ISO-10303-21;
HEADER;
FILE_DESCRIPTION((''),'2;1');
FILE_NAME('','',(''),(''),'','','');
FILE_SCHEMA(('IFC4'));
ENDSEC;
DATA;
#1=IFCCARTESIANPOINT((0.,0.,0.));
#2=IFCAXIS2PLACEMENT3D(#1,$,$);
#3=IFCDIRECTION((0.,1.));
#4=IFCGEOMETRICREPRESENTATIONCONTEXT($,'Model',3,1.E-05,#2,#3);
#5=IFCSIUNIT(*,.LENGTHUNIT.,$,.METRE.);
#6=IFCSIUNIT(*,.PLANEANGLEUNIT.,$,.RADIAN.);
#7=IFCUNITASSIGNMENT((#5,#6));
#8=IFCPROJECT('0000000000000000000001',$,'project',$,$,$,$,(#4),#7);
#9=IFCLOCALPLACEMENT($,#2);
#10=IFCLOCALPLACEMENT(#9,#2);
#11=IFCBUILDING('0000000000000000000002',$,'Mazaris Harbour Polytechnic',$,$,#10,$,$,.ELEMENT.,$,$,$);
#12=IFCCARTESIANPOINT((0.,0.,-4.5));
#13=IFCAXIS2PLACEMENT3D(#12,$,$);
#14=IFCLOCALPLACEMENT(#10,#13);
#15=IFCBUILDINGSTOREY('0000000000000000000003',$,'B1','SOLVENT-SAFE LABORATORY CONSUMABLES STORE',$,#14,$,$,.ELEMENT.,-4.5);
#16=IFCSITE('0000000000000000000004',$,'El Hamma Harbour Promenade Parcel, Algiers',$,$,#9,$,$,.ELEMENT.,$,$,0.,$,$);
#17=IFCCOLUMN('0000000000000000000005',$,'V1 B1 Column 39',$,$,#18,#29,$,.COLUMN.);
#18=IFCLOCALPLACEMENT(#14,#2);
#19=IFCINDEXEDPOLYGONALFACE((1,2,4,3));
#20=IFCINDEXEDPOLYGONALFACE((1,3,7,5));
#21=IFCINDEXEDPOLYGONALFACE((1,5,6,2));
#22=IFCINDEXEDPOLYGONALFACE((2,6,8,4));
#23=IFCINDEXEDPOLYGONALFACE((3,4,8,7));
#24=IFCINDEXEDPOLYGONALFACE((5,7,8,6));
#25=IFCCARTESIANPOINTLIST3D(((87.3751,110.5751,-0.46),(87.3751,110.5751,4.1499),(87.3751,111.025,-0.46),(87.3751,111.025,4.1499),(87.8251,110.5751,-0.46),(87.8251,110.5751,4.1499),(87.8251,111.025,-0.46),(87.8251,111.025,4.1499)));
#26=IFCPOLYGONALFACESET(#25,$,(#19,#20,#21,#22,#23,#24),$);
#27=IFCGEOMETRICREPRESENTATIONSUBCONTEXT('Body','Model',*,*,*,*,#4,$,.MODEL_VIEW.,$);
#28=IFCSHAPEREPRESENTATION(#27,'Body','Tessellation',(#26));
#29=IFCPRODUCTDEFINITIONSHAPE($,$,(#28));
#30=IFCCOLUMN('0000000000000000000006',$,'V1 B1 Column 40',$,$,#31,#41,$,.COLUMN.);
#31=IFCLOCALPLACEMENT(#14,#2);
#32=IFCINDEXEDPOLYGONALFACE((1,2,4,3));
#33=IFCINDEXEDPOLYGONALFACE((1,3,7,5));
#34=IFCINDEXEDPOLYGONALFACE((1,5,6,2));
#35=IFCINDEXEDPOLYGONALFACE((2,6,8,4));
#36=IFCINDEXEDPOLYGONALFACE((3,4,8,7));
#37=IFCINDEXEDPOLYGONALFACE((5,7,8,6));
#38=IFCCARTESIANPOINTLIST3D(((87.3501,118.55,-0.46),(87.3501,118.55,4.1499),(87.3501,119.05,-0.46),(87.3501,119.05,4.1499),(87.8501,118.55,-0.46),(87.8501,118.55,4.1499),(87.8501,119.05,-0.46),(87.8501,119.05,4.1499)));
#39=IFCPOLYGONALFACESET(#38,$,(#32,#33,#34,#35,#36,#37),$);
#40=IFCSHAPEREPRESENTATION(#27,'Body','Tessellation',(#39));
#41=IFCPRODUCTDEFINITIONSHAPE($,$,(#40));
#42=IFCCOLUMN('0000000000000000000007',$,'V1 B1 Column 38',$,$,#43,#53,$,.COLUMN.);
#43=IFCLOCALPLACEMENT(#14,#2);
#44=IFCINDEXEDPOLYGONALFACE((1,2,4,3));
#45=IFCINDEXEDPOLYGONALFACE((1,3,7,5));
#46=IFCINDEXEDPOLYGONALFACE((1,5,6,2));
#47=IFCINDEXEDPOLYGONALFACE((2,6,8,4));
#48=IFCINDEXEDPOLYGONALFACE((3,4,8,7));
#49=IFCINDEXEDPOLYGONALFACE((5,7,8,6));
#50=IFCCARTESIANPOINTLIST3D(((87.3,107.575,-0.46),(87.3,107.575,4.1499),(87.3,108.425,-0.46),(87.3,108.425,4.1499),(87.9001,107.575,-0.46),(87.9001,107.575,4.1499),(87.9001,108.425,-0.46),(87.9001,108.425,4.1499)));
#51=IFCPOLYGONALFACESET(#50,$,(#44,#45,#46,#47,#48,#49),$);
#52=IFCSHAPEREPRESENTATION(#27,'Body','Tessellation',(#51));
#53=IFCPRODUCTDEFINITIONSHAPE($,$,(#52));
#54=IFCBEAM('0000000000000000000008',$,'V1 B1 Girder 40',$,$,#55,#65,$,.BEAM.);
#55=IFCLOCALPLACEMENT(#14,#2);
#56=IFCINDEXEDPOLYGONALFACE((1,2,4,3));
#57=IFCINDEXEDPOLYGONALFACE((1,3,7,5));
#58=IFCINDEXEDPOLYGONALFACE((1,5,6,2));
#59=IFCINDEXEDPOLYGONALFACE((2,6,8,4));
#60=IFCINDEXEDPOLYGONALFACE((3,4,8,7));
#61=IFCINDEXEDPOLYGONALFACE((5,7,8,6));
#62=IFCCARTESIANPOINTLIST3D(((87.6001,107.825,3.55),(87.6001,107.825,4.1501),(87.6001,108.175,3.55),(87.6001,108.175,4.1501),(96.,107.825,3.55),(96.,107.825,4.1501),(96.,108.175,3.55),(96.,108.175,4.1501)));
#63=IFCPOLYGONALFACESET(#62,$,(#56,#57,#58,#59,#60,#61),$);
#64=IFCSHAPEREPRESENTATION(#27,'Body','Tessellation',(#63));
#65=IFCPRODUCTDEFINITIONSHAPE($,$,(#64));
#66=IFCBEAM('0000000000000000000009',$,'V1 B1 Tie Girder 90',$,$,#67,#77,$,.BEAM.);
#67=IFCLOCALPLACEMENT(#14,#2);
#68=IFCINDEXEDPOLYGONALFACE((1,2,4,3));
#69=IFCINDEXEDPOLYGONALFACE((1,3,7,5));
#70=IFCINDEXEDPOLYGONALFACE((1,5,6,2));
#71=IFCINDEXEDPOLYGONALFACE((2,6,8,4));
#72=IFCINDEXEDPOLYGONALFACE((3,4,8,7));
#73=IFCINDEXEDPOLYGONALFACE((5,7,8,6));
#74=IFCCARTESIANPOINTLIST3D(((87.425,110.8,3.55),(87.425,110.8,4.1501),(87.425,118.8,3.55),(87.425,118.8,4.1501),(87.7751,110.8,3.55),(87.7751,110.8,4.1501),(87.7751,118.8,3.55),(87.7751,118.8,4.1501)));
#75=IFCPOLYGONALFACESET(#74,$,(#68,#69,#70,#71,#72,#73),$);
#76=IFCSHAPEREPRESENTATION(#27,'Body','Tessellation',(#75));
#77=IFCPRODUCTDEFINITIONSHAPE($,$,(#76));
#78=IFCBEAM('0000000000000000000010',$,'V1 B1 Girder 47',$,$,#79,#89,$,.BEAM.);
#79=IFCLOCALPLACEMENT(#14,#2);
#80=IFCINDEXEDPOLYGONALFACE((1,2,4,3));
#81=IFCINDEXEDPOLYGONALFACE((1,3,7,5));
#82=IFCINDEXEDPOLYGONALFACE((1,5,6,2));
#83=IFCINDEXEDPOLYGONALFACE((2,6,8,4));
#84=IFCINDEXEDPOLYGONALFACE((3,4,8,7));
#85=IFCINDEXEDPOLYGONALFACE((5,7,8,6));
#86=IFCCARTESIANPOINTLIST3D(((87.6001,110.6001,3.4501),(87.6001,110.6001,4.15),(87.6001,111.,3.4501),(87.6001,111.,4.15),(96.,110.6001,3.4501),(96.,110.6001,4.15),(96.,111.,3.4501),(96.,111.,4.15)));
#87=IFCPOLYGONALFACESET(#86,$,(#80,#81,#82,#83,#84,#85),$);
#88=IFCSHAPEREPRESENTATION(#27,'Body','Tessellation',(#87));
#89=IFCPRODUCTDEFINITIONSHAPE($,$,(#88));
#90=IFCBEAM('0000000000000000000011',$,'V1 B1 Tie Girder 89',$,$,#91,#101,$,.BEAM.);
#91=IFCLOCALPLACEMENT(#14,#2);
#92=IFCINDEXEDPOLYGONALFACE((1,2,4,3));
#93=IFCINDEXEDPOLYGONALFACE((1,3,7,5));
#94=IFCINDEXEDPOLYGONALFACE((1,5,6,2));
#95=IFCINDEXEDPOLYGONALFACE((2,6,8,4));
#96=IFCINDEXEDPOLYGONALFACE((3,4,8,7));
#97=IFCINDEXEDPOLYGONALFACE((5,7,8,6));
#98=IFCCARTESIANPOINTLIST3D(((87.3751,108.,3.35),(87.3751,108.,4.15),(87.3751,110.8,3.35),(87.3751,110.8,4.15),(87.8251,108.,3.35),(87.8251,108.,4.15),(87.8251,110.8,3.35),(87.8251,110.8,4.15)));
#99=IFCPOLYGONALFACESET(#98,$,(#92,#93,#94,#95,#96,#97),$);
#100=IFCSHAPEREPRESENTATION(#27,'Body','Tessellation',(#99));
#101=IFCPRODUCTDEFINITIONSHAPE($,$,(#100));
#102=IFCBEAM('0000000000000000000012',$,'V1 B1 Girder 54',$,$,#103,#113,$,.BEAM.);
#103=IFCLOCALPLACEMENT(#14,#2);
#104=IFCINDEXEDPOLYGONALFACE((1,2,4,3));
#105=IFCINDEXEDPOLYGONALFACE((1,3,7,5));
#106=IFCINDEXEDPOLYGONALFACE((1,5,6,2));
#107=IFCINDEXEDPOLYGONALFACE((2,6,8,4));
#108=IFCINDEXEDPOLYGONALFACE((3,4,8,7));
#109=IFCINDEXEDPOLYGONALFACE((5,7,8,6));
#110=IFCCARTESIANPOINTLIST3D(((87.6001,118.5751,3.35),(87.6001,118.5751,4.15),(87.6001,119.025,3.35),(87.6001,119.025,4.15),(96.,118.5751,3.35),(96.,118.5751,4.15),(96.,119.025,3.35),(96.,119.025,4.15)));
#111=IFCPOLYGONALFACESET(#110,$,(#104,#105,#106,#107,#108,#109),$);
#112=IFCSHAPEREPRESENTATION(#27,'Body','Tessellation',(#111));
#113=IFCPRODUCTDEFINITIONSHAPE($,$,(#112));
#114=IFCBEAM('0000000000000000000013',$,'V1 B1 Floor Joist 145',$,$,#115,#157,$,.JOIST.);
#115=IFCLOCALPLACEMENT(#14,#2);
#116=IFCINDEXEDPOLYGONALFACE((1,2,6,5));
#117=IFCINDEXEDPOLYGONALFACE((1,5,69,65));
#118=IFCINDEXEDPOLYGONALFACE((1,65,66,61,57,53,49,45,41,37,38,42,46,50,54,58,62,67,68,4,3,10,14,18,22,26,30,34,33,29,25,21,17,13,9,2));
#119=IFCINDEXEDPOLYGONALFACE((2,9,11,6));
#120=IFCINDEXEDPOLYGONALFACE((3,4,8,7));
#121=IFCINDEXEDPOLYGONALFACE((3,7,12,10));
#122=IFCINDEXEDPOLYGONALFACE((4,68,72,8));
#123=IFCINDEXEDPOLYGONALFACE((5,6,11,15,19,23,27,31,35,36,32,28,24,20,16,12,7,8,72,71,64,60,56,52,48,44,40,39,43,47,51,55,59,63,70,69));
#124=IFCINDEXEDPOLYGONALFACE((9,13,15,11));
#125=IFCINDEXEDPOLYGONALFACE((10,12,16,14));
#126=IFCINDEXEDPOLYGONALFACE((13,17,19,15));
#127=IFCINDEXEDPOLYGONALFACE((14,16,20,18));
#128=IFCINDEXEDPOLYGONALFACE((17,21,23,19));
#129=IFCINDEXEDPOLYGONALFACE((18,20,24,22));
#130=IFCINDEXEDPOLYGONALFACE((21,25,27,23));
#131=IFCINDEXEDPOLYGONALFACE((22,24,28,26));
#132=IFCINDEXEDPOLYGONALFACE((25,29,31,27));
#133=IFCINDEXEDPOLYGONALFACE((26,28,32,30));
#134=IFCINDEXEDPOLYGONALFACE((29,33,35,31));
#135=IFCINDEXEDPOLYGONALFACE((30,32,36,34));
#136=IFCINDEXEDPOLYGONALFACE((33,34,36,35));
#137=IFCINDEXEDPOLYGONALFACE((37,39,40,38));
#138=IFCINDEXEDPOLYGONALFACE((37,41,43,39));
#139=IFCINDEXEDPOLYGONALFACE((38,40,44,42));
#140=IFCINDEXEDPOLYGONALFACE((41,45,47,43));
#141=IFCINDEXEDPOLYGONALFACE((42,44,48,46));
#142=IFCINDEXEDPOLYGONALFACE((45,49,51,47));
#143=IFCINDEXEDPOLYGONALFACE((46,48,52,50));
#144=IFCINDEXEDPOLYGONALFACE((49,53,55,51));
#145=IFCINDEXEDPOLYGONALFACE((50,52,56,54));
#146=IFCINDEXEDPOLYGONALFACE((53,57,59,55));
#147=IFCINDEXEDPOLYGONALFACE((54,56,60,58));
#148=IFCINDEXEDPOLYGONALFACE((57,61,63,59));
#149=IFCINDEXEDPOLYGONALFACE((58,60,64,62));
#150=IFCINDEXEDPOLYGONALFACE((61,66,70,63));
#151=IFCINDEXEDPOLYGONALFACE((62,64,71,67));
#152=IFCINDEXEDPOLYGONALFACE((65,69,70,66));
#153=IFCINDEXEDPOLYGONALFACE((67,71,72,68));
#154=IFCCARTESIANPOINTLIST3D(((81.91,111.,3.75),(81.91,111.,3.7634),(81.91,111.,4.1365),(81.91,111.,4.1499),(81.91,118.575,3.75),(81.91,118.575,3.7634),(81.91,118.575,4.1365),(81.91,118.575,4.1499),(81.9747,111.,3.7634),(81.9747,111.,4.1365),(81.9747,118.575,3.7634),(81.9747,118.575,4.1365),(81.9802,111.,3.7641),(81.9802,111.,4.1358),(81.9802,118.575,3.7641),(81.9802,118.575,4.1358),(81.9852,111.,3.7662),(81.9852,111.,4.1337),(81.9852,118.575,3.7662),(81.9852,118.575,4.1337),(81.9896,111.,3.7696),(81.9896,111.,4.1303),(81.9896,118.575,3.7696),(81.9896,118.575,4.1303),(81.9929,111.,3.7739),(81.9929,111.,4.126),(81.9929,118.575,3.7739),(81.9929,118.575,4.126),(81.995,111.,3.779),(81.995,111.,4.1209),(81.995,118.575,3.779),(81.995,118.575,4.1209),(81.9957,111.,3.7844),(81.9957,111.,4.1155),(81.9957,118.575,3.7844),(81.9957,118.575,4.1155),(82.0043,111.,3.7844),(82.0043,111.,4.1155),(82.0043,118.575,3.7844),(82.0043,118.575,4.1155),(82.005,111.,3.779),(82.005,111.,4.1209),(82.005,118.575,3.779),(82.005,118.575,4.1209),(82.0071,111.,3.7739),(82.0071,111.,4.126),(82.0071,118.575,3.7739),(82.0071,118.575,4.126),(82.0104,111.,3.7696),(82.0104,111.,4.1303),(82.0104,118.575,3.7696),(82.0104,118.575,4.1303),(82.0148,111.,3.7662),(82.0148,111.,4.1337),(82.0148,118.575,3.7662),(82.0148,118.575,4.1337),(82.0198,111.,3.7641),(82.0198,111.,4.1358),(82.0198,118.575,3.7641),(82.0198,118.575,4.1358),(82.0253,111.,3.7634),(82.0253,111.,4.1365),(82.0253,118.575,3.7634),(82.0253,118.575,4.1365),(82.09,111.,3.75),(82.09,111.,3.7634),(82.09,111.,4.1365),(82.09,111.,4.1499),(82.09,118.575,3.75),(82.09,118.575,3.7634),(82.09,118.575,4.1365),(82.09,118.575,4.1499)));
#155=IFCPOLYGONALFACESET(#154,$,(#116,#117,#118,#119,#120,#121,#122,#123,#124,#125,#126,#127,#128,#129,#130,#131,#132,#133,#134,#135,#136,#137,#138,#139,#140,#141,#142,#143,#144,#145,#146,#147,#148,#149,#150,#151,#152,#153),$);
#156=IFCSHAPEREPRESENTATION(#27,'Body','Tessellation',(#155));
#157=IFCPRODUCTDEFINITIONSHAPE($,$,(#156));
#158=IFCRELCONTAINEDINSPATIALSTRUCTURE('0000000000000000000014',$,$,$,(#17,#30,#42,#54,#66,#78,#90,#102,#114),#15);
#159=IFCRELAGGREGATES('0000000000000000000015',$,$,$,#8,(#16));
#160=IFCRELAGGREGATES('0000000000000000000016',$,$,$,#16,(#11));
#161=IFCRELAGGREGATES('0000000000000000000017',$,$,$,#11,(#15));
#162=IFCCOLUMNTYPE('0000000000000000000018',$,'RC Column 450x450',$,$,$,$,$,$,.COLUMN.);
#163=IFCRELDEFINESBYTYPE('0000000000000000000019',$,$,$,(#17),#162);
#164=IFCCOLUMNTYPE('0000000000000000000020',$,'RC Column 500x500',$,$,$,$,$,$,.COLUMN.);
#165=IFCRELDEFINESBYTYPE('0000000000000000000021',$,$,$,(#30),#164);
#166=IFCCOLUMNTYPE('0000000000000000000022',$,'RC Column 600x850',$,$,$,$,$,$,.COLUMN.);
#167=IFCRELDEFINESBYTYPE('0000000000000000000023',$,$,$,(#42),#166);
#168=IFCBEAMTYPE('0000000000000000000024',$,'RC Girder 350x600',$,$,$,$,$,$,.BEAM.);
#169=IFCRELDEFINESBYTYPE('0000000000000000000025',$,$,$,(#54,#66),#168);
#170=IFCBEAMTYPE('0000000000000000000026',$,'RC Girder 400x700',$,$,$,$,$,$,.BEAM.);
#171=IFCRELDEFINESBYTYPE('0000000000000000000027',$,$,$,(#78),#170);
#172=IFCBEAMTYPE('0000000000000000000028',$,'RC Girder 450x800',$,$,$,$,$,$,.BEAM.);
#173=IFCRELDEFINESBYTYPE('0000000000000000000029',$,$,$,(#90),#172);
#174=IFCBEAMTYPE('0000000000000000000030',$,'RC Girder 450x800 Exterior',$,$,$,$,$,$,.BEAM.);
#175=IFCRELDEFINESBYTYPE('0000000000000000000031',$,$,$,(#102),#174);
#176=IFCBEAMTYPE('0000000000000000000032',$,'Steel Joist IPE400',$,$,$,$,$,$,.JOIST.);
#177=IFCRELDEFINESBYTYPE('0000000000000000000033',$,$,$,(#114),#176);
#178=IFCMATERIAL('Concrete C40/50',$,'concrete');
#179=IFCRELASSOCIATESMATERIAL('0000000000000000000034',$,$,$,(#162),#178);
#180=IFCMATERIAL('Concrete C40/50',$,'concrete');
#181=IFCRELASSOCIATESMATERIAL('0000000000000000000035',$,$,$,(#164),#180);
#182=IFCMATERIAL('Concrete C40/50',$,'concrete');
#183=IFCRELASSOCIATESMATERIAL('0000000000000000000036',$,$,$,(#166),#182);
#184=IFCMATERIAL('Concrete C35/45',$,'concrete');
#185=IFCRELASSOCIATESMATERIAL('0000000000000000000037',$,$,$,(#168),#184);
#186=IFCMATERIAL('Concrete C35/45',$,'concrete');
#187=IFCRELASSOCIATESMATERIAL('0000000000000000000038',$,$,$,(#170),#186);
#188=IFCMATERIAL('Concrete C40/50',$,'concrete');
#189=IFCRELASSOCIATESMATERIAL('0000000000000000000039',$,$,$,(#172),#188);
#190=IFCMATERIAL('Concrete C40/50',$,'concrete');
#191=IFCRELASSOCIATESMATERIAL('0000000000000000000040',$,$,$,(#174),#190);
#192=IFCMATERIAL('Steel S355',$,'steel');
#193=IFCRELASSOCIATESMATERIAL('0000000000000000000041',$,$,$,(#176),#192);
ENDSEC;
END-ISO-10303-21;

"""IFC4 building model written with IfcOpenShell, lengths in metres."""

from ifc_helpers import new_model, si_unit, direction, frame, origin, origin_2d, place, context, subcontext, project, spatial, rectangle, i_section, extrude, material, material_profile, profile_set, type_object, element, save


model = new_model("IFC4")

# Units and contexts
model_context = context("Model", 3, precision=1e-05, world=origin(), true_north=direction((0.0, 1.0)))
body_context = subcontext(model_context, "Body", "Model", "MODEL_VIEW")
ifc_project = project(units=[si_unit("LENGTHUNIT", "METRE"), si_unit("PLANEANGLEUNIT", "RADIAN")], contexts=[model_context])

# Site, building, storey
site_placement = place(None, origin())
site = spatial("IfcSite", under=ifc_project, at=site_placement, Name="El Hamma Harbour Promenade Parcel, Algiers", CompositionType="ELEMENT", RefElevation=0.0)
building_placement = place(site_placement, origin())
building = spatial("IfcBuilding", under=site, at=building_placement, Name="Mazaris Harbour Polytechnic", CompositionType="ELEMENT")
storey_placement = place(building_placement, frame((0.0, 0.0, -4.5)))
storey = spatial("IfcBuildingStorey", under=building, at=storey_placement, Name="B1", Description="SOLVENT-SAFE LABORATORY CONSUMABLES STORE", CompositionType="ELEMENT", Elevation=-4.5)

# Columns
ifc_material_1 = material(Name="Concrete C40/50", Category="concrete")
ifc_material_profile_1 = material_profile(ifc_material_1, rectangle(XDim=0.45, YDim=0.45, at=origin_2d()), Name="RECT450x450")
ifc_profile_set_1 = profile_set([ifc_material_profile_1], Name="Concrete C40/50")
column_type_1 = type_object("IfcColumnType", Name="RC Column 450x450", PredefinedType="COLUMN", material=ifc_profile_set_1)
column_1_placement = place(storey_placement, frame((87.6001, 110.8, -0.46), z_axis=(0.0, 0.0, 1.0), x_axis=(1.0, 0.0, 0.0)))
element("IfcColumn", 1, at=column_1_placement, inside=storey, type_object=column_type_1, Name="V1 B1 Column 39", PredefinedType="COLUMN", context=body_context, shape_type="SweptSolid", body=[
    extrude(rectangle(XDim=0.45, YDim=0.45, at=origin_2d()), origin(), (0.0, 0.0, 1.0), 4.6099),
])
ifc_material_2 = material(Name="Concrete C40/50", Category="concrete")
ifc_material_profile_2 = material_profile(ifc_material_2, rectangle(XDim=0.5, YDim=0.5, at=origin_2d()), Name="RECT500x500")
ifc_profile_set_2 = profile_set([ifc_material_profile_2], Name="Concrete C40/50")
column_type_2 = type_object("IfcColumnType", Name="RC Column 500x500", PredefinedType="COLUMN", material=ifc_profile_set_2)
column_2_placement = place(storey_placement, frame((87.6001, 118.8, -0.46), z_axis=(0.0, 0.0, 1.0), x_axis=(1.0, 0.0, 0.0)))
element("IfcColumn", 2, at=column_2_placement, inside=storey, type_object=column_type_2, Name="V1 B1 Column 40", PredefinedType="COLUMN", context=body_context, shape_type="SweptSolid", body=[
    extrude(rectangle(XDim=0.5, YDim=0.5, at=origin_2d()), origin(), (0.0, 0.0, 1.0), 4.6099),
])
ifc_material_3 = material(Name="Concrete C40/50", Category="concrete")
ifc_material_profile_3 = material_profile(ifc_material_3, rectangle(XDim=0.6001, YDim=0.8501, at=origin_2d()), Name="RECT600x850")
ifc_profile_set_3 = profile_set([ifc_material_profile_3], Name="Concrete C40/50")
column_type_3 = type_object("IfcColumnType", Name="RC Column 600x850", PredefinedType="COLUMN", material=ifc_profile_set_3)
column_3_placement = place(storey_placement, frame((87.6001, 108.0, -0.46), z_axis=(0.0, 0.0, 1.0), x_axis=(1.0, 0.0, 0.0)))
element("IfcColumn", 3, at=column_3_placement, inside=storey, type_object=column_type_3, Name="V1 B1 Column 38", PredefinedType="COLUMN", context=body_context, shape_type="SweptSolid", body=[
    extrude(rectangle(XDim=0.6001, YDim=0.8501, at=origin_2d()), origin(), (0.0, 0.0, 1.0), 4.6099),
])

# Beams
ifc_material_4 = material(Name="Concrete C35/45", Category="concrete")
ifc_material_profile_4 = material_profile(ifc_material_4, rectangle(XDim=0.3501, YDim=0.6001, at=origin_2d()), Name="RECT350x600")
ifc_profile_set_4 = profile_set([ifc_material_profile_4], Name="Concrete C35/45")
beam_type_1 = type_object("IfcBeamType", Name="RC Girder 350x600", PredefinedType="BEAM", material=ifc_profile_set_4)
beam_1_placement = place(storey_placement, frame((87.6001, 108.0, 3.8501), z_axis=(1.0, 0.0, 0.0), x_axis=(0.0, 1.0, 0.0)))
element("IfcBeam", 4, at=beam_1_placement, inside=storey, type_object=beam_type_1, Name="V1 B1 Girder 40", PredefinedType="BEAM", context=body_context, shape_type="SweptSolid", body=[
    extrude(rectangle(XDim=0.3501, YDim=0.6001, at=origin_2d()), origin(), (0.0, 0.0, 1.0), 8.3999),
])
beam_2_placement = place(storey_placement, frame((87.6001, 110.8, 3.8501), z_axis=(0.0, 1.0, 0.0), x_axis=(-1.0, 0.0, 0.0)))
element("IfcBeam", 5, at=beam_2_placement, inside=storey, type_object=beam_type_1, Name="V1 B1 Tie Girder 90", PredefinedType="BEAM", context=body_context, shape_type="SweptSolid", body=[
    extrude(rectangle(XDim=0.3501, YDim=0.6001, at=origin_2d()), origin(), (0.0, 0.0, 1.0), 8.0),
])
ifc_material_5 = material(Name="Concrete C35/45", Category="concrete")
ifc_material_profile_5 = material_profile(ifc_material_5, rectangle(XDim=0.3999, YDim=0.7, at=origin_2d()), Name="RECT400x700")
ifc_profile_set_5 = profile_set([ifc_material_profile_5], Name="Concrete C35/45")
beam_type_2 = type_object("IfcBeamType", Name="RC Girder 400x700", PredefinedType="BEAM", material=ifc_profile_set_5)
beam_3_placement = place(storey_placement, frame((87.6001, 110.8, 3.8), z_axis=(1.0, 0.0, 0.0), x_axis=(0.0, 1.0, 0.0)))
element("IfcBeam", 6, at=beam_3_placement, inside=storey, type_object=beam_type_2, Name="V1 B1 Girder 47", PredefinedType="BEAM", context=body_context, shape_type="SweptSolid", body=[
    extrude(rectangle(XDim=0.3999, YDim=0.7, at=origin_2d()), origin(), (0.0, 0.0, 1.0), 8.3999),
])
ifc_material_6 = material(Name="Concrete C40/50", Category="concrete")
ifc_material_profile_6 = material_profile(ifc_material_6, rectangle(XDim=0.45, YDim=0.8, at=origin_2d()), Name="RECT450x800")
ifc_profile_set_6 = profile_set([ifc_material_profile_6], Name="Concrete C40/50")
beam_type_3 = type_object("IfcBeamType", Name="RC Girder 450x800", PredefinedType="BEAM", material=ifc_profile_set_6)
beam_4_placement = place(storey_placement, frame((87.6001, 108.0, 3.75), z_axis=(0.0, 1.0, 0.0), x_axis=(-1.0, 0.0, 0.0)))
element("IfcBeam", 7, at=beam_4_placement, inside=storey, type_object=beam_type_3, Name="V1 B1 Tie Girder 89", PredefinedType="BEAM", context=body_context, shape_type="SweptSolid", body=[
    extrude(rectangle(XDim=0.45, YDim=0.8, at=origin_2d()), origin(), (0.0, 0.0, 1.0), 2.8),
])
ifc_material_7 = material(Name="Concrete C40/50", Category="concrete")
ifc_material_profile_7 = material_profile(ifc_material_7, rectangle(XDim=0.45, YDim=0.8, at=origin_2d()), Name="RECT450x800")
ifc_profile_set_7 = profile_set([ifc_material_profile_7], Name="Concrete C40/50")
beam_type_4 = type_object("IfcBeamType", Name="RC Girder 450x800 Exterior", PredefinedType="BEAM", material=ifc_profile_set_7)
beam_5_placement = place(storey_placement, frame((87.6001, 118.8, 3.75), z_axis=(1.0, 0.0, 0.0), x_axis=(0.0, 1.0, 0.0)))
element("IfcBeam", 8, at=beam_5_placement, inside=storey, type_object=beam_type_4, Name="V1 B1 Girder 54", PredefinedType="BEAM", context=body_context, shape_type="SweptSolid", body=[
    extrude(rectangle(XDim=0.45, YDim=0.8, at=origin_2d()), origin(), (0.0, 0.0, 1.0), 8.3999),
])
ifc_material_8 = material(Name="Steel S355", Category="steel")
ifc_material_profile_8 = material_profile(ifc_material_8, i_section(OverallWidth=0.1799, OverallDepth=0.3999, WebThickness=0.0085, FlangeThickness=0.0134, FilletRadius=0.021, at=origin_2d()), Name="IPE 400")
ifc_profile_set_8 = profile_set([ifc_material_profile_8], Name="Steel S355")
beam_type_5 = type_object("IfcBeamType", Name="Steel Joist IPE400", PredefinedType="JOIST", material=ifc_profile_set_8)
beam_6_placement = place(storey_placement, frame((82.0, 111.0, 3.95), z_axis=(0.0, 1.0, 0.0), x_axis=(-1.0, 0.0, 0.0)))
element("IfcBeam", 9, at=beam_6_placement, inside=storey, type_object=beam_type_5, Name="V1 B1 Floor Joist 145", PredefinedType="JOIST", context=body_context, shape_type="SweptSolid", body=[
    extrude(i_section(OverallWidth=0.1799, OverallDepth=0.3999, WebThickness=0.0085, FlangeThickness=0.0134, FilletRadius=0.021, at=origin_2d()), origin(), (0.0, 0.0, 1.0), 7.575),
])

save(model, "model.ifc")
